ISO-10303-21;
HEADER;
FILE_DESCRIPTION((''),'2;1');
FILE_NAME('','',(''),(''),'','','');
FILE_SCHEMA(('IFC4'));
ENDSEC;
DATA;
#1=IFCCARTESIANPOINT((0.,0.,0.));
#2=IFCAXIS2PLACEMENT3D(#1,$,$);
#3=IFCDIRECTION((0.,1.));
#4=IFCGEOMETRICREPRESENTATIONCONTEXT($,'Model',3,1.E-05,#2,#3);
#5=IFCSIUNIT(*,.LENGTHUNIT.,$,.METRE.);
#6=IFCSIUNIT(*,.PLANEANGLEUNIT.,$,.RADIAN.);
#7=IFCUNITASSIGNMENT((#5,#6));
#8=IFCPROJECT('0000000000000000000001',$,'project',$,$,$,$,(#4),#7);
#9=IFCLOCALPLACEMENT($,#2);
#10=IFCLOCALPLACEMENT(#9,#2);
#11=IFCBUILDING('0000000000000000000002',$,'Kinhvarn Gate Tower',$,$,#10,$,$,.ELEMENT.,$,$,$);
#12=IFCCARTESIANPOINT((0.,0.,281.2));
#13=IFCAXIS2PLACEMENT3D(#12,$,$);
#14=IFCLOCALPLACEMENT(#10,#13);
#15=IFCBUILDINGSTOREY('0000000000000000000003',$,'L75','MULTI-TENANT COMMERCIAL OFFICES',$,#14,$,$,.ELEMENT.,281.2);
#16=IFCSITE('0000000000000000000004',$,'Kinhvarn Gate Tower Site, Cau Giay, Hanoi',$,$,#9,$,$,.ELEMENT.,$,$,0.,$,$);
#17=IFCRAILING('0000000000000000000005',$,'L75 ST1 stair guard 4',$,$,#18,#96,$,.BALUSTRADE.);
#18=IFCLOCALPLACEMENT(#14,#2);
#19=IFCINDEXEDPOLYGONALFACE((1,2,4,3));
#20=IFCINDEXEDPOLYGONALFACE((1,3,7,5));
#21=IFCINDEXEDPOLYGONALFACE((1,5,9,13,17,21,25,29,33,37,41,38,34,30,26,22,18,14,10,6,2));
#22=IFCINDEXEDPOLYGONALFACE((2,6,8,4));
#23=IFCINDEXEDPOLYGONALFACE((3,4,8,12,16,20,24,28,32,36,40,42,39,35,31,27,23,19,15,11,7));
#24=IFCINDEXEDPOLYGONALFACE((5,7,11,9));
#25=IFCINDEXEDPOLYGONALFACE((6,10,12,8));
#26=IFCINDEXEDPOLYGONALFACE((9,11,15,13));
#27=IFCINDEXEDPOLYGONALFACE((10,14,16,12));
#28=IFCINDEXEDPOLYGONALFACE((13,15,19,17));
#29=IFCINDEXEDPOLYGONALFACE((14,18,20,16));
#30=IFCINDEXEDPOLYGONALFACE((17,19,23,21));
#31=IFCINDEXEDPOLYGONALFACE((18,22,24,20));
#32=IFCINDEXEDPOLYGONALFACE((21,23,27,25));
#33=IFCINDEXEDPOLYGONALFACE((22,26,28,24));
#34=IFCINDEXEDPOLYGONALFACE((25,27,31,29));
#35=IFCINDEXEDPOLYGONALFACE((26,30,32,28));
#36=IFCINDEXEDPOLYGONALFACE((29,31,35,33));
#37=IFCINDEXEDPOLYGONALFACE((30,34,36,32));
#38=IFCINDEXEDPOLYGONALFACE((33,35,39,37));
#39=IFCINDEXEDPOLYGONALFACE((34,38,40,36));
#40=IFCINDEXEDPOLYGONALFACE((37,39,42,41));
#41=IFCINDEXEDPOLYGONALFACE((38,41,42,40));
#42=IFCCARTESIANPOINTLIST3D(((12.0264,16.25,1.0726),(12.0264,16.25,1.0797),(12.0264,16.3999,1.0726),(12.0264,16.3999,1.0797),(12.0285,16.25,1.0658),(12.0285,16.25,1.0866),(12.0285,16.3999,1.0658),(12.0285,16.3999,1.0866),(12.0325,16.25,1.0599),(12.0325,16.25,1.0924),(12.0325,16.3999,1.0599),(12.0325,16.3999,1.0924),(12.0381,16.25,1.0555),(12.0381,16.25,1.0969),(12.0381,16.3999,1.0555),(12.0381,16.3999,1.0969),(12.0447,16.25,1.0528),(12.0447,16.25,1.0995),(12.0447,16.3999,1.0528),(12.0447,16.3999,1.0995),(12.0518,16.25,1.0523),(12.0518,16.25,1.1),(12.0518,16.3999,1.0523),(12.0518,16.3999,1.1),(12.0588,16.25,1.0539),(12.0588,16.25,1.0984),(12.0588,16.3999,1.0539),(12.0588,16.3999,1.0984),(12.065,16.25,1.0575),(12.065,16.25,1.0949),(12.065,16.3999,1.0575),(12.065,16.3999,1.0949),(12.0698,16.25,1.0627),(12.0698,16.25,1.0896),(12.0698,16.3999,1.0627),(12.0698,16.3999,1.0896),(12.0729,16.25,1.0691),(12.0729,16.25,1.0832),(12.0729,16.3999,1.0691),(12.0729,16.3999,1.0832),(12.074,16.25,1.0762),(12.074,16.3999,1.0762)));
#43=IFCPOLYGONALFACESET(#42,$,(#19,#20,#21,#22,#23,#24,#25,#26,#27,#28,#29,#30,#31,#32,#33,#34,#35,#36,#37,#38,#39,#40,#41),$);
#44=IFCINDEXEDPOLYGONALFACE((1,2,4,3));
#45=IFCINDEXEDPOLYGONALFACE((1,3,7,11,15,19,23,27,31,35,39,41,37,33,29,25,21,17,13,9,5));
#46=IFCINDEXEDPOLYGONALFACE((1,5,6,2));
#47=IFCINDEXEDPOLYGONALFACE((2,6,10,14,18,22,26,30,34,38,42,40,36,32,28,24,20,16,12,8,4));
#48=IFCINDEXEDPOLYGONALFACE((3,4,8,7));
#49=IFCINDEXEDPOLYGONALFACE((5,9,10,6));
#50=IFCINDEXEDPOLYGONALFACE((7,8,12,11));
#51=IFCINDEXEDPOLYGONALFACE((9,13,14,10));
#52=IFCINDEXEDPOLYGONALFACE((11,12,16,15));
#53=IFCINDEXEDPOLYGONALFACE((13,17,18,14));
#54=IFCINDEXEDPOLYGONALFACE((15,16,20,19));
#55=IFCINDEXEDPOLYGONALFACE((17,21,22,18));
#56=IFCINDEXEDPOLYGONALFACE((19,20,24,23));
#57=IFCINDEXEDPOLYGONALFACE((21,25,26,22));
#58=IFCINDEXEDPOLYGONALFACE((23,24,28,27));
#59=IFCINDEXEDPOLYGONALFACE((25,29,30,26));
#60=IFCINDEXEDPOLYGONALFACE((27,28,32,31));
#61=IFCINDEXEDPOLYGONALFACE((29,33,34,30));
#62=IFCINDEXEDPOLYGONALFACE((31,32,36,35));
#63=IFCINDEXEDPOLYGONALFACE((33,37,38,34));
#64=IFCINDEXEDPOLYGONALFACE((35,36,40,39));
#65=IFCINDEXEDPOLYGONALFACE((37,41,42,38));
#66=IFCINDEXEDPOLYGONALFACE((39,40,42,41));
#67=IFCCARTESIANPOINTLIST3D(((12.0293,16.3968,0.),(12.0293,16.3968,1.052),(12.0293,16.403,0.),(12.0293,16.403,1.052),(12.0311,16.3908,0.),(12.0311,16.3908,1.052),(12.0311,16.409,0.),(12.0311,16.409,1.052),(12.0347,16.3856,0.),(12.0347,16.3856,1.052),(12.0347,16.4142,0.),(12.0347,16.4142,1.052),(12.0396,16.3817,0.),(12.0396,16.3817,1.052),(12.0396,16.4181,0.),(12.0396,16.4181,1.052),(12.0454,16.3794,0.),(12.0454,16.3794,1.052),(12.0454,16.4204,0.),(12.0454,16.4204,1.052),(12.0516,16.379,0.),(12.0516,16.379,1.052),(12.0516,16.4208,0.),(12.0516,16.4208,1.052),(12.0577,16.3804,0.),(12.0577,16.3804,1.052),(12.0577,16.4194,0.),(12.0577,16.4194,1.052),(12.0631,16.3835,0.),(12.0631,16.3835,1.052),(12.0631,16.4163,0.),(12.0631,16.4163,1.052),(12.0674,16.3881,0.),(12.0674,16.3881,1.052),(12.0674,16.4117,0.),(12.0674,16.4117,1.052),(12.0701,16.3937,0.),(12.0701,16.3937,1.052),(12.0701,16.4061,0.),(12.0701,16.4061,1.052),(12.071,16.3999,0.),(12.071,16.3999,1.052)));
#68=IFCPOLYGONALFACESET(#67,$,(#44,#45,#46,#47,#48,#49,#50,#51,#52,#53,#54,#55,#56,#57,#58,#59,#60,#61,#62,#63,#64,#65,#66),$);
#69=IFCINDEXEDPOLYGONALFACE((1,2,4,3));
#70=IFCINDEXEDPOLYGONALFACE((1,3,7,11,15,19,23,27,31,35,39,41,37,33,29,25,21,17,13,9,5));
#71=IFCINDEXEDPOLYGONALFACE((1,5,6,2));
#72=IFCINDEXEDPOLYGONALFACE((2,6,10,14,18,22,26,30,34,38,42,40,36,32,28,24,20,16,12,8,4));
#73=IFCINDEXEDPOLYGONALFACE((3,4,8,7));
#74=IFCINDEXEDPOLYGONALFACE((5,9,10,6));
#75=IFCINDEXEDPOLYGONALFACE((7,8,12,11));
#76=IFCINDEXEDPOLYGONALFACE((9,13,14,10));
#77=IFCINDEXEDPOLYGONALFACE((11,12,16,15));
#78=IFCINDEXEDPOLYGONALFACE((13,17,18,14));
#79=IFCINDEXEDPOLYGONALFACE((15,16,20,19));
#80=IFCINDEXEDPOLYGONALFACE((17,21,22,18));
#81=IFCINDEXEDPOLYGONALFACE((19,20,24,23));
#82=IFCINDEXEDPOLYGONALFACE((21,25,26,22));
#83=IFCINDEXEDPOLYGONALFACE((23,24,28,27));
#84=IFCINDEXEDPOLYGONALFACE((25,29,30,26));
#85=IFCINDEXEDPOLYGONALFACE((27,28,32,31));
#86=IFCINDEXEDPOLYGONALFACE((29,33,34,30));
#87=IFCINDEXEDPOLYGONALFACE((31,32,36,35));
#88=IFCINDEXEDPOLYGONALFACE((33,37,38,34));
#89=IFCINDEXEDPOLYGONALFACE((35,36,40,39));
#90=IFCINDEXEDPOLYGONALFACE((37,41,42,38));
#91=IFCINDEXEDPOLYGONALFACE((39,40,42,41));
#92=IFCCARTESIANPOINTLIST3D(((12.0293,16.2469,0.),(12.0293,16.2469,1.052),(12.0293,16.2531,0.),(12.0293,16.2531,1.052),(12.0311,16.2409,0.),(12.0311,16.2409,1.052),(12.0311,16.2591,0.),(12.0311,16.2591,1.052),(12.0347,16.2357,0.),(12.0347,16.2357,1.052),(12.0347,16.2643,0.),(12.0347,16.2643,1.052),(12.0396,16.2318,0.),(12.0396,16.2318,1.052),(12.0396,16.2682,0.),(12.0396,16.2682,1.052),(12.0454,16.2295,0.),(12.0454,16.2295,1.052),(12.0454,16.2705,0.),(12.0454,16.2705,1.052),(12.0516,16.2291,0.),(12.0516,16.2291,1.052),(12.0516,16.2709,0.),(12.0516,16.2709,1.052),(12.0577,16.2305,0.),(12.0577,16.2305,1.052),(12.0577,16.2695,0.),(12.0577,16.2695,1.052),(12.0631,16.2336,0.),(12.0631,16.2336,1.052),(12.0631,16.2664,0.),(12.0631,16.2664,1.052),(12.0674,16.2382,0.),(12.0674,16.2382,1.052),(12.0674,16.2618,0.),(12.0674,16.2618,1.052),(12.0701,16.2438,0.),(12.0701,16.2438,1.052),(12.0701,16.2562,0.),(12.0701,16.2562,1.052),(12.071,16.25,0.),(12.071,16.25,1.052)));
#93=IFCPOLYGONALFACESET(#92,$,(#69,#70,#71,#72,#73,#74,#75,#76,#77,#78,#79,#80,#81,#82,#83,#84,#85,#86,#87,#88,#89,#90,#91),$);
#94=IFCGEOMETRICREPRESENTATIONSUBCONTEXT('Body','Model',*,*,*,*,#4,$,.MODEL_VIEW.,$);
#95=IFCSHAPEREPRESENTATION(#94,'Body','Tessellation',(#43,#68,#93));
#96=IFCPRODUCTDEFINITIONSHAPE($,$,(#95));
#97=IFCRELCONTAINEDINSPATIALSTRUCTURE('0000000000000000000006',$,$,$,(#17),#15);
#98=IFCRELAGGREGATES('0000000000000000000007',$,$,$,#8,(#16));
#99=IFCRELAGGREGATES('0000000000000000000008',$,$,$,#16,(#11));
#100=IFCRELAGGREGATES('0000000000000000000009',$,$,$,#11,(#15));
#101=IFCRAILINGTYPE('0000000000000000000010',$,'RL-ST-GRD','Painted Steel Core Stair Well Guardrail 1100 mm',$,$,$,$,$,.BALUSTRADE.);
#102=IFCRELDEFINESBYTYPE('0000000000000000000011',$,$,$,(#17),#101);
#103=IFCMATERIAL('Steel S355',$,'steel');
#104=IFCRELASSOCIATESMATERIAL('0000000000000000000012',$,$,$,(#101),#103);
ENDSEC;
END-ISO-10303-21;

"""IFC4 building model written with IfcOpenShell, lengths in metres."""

from ifc_helpers import new_model, si_unit, direction, frame, origin, origin_2d, place, context, subcontext, project, spatial, circle, extrude, material, type_object, element, save


model = new_model("IFC4")

# Units and contexts
model_context = context("Model", 3, precision=1e-05, world=origin(), true_north=direction((0.0, 1.0)))
body_context = subcontext(model_context, "Body", "Model", "MODEL_VIEW")
ifc_project = project(units=[si_unit("LENGTHUNIT", "METRE"), si_unit("PLANEANGLEUNIT", "RADIAN")], contexts=[model_context])

# Site, building, storey
site_placement = place(None, origin())
site = spatial("IfcSite", under=ifc_project, at=site_placement, Name="Kinhvarn Gate Tower Site, Cau Giay, Hanoi", CompositionType="ELEMENT", RefElevation=0.0)
building_placement = place(site_placement, origin())
building = spatial("IfcBuilding", under=site, at=building_placement, Name="Kinhvarn Gate Tower", CompositionType="ELEMENT")
storey_placement = place(building_placement, frame((0.0, 0.0, 281.2)))
storey = spatial("IfcBuildingStorey", under=building, at=storey_placement, Name="L75", Description="MULTI-TENANT COMMERCIAL OFFICES", CompositionType="ELEMENT", Elevation=281.2)

# Shared definitions
ifc_material_1 = material(Name="Steel S355", Category="steel")

# Railing
railing_type_1 = type_object("IfcRailingType", Name="RL-ST-GRD", Description="Painted Steel Core Stair Well Guardrail 1100 mm", PredefinedType="BALUSTRADE", material=ifc_material_1)
railing_1_placement = place(storey_placement, frame((12.05, 16.3999, 0.0)))
element("IfcRailing", 1, at=railing_1_placement, inside=storey, type_object=railing_type_1, Name="L75 ST1 stair guard 4", PredefinedType="BALUSTRADE", context=body_context, shape_type="SweptSolid", body=[
    extrude(circle(Radius=0.0239, at=origin_2d()), frame((0.0, 0.0, 1.0762), z_axis=(0.0, -1.0, 0.0), x_axis=(1.0, 0.0, 0.0)), (0.0, 0.0, 1.0), 0.1499),
    extrude(circle(Radius=0.021, at=origin_2d()), origin(), (0.0, 0.0, 1.0), 1.052),
    extrude(circle(Radius=0.021, at=origin_2d()), frame((0.0, -0.1499, 0.0)), (0.0, 0.0, 1.0), 1.052),
])

save(model, "model.ifc")
